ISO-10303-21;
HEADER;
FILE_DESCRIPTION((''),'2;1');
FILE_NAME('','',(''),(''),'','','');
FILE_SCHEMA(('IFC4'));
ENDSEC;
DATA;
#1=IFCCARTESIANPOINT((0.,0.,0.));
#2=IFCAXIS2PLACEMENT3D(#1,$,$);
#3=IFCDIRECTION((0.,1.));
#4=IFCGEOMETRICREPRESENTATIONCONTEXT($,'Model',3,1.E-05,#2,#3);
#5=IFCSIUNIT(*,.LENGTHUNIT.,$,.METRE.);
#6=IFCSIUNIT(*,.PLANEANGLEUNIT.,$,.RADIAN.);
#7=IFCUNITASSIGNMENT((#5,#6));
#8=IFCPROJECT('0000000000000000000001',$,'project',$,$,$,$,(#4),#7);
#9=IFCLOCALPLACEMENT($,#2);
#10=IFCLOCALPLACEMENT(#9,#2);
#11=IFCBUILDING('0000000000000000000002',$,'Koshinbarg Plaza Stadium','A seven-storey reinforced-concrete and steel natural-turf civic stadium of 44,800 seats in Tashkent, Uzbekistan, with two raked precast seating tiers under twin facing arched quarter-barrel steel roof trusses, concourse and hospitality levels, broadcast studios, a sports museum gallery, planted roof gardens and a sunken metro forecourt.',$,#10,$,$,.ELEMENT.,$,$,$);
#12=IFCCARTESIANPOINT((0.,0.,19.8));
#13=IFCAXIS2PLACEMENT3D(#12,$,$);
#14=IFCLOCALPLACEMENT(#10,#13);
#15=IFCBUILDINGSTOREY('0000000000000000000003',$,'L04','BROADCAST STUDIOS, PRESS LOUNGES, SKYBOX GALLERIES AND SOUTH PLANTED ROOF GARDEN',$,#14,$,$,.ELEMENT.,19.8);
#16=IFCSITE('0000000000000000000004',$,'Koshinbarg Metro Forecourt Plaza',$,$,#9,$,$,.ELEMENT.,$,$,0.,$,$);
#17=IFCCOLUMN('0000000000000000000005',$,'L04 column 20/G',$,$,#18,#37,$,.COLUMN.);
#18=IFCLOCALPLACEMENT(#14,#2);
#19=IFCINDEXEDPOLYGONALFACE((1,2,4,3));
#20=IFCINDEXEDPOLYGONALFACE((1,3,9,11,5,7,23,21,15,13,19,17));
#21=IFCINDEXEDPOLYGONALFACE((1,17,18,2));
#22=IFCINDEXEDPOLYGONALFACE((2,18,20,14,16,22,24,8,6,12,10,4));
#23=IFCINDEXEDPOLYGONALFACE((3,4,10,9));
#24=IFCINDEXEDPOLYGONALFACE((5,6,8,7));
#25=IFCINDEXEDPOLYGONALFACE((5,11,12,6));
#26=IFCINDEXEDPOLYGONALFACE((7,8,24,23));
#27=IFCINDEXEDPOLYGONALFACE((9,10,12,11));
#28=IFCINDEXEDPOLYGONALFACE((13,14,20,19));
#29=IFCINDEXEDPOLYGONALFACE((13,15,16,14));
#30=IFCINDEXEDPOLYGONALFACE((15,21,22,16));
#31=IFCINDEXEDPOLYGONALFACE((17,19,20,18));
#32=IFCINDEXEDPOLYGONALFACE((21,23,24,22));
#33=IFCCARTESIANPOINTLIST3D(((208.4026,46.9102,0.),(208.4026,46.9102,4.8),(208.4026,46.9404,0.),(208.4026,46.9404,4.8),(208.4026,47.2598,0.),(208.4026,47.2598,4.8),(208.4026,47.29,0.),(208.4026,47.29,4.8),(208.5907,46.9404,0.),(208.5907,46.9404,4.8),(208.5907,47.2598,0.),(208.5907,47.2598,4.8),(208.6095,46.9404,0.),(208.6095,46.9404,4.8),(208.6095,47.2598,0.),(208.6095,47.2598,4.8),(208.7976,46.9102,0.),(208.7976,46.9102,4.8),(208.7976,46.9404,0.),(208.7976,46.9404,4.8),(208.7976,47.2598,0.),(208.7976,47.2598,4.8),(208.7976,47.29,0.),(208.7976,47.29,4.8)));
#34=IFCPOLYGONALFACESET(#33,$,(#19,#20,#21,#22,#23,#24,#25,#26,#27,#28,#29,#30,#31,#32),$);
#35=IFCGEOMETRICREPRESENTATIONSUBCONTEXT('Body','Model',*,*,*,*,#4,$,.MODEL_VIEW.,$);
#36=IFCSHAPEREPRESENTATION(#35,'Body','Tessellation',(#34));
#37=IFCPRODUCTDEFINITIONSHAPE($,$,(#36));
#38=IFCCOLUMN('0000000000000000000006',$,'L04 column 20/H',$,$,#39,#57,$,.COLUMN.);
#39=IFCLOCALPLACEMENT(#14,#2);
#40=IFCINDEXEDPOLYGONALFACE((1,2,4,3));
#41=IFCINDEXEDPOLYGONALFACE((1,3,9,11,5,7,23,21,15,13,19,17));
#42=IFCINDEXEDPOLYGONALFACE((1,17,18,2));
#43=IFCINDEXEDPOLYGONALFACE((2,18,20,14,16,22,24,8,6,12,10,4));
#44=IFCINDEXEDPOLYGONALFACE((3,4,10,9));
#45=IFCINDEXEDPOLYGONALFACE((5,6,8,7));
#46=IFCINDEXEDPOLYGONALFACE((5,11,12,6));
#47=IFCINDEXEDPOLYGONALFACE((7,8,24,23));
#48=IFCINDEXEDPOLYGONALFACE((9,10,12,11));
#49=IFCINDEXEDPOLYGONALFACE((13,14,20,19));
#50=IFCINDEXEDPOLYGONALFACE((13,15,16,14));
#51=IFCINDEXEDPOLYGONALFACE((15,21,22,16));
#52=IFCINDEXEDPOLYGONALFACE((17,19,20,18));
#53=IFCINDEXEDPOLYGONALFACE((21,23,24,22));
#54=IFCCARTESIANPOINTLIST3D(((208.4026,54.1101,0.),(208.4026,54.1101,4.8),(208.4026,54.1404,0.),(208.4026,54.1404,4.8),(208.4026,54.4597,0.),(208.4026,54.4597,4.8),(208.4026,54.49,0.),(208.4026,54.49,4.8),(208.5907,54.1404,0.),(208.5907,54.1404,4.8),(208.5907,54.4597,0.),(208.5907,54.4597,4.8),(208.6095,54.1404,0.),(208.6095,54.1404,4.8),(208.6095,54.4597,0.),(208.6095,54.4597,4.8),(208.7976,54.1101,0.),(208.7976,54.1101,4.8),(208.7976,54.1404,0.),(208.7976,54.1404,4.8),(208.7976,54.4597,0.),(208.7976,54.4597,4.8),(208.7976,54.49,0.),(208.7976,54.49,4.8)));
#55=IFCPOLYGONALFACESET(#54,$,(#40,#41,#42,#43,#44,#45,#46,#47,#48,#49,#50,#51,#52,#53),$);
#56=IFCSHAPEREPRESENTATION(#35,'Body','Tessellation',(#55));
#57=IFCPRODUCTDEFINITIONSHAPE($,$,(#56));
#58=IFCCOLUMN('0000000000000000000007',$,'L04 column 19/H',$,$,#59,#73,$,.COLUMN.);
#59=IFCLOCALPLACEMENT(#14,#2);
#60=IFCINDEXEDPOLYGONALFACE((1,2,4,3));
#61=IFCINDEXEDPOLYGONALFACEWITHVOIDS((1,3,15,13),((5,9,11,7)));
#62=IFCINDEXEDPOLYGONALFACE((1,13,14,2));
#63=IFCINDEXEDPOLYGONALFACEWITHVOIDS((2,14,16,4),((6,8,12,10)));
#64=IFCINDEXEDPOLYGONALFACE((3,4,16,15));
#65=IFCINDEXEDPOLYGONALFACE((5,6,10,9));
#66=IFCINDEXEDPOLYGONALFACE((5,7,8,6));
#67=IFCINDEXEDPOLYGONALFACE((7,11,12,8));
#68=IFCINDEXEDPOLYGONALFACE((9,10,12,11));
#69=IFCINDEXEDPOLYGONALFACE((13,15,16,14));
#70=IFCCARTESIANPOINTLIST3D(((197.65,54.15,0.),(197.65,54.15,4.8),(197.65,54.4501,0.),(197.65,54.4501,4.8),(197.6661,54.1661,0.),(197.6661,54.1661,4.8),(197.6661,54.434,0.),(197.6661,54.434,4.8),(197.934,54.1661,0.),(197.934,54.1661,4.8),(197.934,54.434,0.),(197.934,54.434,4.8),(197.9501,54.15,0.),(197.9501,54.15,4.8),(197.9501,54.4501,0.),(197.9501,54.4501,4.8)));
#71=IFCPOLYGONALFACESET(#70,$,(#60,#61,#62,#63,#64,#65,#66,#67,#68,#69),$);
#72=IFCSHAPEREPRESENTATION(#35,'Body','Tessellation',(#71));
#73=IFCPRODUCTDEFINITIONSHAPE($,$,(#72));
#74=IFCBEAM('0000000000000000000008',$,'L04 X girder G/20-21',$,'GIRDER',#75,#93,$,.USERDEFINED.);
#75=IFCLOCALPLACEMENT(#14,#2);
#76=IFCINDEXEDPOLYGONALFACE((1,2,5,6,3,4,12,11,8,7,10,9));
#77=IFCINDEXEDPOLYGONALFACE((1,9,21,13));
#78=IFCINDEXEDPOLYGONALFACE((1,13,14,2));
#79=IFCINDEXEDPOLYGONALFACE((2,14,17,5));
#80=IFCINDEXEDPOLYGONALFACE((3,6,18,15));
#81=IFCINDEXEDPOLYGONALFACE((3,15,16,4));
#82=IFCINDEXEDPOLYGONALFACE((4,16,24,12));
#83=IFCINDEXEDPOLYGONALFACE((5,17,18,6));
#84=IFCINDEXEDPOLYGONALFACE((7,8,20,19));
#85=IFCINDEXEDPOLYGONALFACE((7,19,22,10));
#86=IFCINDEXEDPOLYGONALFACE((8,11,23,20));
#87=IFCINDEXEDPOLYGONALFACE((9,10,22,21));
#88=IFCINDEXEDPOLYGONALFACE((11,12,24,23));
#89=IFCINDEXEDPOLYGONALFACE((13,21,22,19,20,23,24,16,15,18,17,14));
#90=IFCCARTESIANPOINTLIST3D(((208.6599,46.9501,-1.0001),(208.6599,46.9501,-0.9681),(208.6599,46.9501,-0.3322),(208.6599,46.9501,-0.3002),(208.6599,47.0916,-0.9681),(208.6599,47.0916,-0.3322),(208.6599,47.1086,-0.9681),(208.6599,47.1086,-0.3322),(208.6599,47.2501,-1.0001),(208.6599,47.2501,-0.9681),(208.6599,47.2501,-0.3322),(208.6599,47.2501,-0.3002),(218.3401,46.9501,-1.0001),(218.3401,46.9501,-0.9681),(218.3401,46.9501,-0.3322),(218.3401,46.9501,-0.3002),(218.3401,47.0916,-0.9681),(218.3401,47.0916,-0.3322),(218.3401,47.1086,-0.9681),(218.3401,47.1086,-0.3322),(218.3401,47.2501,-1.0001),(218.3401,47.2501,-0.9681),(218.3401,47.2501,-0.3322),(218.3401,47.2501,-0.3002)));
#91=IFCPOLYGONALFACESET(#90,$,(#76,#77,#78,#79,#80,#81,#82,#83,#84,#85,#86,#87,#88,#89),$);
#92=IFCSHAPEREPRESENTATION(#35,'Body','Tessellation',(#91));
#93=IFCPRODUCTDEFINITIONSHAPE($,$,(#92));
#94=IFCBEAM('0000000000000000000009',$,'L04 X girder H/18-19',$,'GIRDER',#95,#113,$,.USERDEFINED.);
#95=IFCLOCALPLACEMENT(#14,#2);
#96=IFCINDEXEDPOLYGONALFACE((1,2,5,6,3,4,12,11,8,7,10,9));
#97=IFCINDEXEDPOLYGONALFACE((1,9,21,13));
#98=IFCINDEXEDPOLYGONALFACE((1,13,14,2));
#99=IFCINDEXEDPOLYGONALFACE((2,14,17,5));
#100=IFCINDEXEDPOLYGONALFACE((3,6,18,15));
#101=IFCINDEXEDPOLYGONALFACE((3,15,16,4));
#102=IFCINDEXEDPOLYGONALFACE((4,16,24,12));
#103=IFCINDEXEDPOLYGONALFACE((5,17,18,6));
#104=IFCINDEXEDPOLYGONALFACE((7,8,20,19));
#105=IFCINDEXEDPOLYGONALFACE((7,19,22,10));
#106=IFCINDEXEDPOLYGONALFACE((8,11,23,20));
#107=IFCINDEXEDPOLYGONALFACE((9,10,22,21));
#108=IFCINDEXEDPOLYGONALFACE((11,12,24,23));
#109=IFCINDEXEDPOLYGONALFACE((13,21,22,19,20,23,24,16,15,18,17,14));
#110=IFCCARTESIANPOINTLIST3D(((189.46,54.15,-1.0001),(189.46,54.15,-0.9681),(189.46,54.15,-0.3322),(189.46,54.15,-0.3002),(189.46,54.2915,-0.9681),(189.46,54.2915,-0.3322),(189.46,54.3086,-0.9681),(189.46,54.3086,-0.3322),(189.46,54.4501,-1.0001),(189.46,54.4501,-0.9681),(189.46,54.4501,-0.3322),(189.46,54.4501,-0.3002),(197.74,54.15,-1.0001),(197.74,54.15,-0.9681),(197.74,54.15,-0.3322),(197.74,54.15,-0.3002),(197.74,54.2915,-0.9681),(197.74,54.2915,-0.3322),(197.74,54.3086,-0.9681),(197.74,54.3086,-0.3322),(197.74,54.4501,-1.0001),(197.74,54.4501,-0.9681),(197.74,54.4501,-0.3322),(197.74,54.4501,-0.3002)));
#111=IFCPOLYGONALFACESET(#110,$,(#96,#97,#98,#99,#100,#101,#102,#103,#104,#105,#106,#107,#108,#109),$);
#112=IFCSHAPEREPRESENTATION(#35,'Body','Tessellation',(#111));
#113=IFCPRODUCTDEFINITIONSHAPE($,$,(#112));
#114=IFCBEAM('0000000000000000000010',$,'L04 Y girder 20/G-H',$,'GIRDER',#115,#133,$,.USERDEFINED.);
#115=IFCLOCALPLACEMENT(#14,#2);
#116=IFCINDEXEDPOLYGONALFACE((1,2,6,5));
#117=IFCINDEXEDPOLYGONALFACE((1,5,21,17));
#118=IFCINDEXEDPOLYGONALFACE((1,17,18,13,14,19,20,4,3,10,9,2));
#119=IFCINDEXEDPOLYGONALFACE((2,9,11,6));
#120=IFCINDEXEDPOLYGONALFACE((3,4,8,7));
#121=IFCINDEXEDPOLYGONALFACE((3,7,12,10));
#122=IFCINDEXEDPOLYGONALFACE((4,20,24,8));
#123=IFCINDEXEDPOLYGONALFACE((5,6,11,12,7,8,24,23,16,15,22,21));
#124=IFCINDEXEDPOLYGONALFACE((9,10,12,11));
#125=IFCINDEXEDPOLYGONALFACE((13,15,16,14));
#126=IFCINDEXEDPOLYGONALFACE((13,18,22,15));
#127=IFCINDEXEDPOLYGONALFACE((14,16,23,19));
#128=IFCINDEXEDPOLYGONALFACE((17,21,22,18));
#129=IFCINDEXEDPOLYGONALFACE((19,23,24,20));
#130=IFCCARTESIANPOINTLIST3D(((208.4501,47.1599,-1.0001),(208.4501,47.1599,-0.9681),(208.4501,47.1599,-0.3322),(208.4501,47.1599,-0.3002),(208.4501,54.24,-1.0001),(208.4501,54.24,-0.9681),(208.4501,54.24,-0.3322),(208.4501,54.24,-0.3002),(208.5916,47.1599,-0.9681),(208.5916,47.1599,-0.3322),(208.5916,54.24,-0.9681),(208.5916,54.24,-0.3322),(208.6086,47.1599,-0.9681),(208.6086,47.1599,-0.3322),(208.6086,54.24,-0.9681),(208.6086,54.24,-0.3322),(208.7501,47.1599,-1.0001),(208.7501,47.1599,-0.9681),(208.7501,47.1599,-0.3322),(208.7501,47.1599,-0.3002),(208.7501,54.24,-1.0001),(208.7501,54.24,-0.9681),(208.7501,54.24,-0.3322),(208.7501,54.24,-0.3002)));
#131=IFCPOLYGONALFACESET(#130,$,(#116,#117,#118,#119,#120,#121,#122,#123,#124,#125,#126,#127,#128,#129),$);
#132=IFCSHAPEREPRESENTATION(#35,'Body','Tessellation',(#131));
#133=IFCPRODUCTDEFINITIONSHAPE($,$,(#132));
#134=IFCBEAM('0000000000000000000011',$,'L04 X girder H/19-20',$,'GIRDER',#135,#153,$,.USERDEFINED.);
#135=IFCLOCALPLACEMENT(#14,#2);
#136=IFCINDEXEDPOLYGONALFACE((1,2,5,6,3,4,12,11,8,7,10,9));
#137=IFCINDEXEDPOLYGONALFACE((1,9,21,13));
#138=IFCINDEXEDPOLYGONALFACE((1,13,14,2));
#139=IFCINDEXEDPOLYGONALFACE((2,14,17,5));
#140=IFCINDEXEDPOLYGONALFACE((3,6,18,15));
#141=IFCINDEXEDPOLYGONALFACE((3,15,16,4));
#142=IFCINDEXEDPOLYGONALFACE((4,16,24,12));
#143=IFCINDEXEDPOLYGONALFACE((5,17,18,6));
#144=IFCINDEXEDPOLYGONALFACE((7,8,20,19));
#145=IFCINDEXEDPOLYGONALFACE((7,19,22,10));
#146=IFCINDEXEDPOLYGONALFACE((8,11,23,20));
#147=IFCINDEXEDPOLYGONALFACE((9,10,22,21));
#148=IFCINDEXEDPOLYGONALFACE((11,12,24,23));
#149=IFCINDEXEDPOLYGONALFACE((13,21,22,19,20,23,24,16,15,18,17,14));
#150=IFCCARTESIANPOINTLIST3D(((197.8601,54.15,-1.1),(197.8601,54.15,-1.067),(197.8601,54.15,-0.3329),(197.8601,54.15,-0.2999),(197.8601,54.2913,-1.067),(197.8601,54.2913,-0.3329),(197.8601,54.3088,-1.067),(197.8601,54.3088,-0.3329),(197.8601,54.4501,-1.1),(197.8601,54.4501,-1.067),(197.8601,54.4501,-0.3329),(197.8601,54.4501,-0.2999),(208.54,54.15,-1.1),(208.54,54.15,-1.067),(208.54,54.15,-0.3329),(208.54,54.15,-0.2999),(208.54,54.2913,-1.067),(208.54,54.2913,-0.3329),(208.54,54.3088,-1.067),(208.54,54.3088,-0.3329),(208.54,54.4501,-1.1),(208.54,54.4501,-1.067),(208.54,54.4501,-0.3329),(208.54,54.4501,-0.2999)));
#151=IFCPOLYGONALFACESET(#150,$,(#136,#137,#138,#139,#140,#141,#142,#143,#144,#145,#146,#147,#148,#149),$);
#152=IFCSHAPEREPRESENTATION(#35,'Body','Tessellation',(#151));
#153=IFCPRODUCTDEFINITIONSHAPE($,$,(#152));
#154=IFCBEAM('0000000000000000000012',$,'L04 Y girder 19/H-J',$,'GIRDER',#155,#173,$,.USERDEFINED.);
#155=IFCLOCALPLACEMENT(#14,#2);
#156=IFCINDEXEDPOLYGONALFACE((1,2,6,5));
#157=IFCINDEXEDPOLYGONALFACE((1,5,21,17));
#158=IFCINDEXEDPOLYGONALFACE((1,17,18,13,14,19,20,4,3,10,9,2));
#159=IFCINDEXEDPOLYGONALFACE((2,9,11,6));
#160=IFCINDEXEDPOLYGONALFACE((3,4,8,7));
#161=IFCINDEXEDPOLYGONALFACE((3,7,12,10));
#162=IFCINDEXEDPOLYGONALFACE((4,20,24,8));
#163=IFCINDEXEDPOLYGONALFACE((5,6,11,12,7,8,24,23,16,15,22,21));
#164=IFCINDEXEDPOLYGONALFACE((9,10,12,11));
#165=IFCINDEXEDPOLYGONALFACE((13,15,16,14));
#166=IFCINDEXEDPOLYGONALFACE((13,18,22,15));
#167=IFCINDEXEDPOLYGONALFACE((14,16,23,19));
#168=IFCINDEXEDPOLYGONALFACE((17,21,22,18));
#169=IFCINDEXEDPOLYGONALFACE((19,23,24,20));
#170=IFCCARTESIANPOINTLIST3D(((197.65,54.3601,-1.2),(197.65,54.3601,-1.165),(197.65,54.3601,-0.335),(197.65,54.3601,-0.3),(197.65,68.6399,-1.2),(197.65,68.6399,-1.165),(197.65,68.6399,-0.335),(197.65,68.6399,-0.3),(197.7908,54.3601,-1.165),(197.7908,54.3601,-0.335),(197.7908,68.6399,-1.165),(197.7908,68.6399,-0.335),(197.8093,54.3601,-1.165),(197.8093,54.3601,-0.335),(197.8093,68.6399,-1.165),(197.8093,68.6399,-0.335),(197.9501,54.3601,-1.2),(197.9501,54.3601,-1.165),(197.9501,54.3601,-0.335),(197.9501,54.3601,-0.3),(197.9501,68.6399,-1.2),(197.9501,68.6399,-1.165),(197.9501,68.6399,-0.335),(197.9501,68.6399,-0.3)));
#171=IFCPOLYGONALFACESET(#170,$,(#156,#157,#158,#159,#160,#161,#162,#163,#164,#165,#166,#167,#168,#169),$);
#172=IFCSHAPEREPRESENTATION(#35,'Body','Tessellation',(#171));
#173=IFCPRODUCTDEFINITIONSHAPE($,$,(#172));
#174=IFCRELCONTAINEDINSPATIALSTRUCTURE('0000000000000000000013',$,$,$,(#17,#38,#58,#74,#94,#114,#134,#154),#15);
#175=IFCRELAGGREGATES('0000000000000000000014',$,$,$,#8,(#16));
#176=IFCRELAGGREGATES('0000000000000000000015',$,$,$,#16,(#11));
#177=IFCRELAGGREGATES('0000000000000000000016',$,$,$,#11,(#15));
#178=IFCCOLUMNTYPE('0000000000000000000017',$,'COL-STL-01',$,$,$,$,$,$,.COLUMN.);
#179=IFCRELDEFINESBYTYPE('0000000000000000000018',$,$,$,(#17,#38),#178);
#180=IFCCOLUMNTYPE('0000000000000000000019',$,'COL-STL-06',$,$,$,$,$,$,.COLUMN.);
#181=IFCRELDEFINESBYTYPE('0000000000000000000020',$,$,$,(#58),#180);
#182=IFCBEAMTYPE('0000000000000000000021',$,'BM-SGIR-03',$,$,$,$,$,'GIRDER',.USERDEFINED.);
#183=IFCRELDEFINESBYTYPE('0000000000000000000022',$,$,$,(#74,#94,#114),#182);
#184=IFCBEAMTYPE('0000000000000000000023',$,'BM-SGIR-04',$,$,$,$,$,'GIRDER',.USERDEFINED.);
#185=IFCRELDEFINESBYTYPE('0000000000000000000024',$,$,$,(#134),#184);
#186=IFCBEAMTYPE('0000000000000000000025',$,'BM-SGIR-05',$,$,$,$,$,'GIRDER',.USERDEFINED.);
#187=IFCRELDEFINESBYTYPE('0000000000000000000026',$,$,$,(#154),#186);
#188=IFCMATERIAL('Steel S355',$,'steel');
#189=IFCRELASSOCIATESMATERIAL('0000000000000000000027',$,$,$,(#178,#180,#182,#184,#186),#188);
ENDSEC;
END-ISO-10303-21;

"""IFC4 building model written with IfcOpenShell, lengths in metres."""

from ifc_helpers import new_model, si_unit, direction, frame, origin, origin_2d, place, context, subcontext, project, spatial, hollow_rectangle, i_section, extrude, material, material_profile, profile_set, type_object, element, save


model = new_model("IFC4")

# Units and contexts
model_context = context("Model", 3, precision=1e-05, world=origin(), true_north=direction((0.0, 1.0)))
body_context = subcontext(model_context, "Body", "Model", "MODEL_VIEW")
ifc_project = project(units=[si_unit("LENGTHUNIT", "METRE"), si_unit("PLANEANGLEUNIT", "RADIAN")], contexts=[model_context])

# Site, building, storey
site_placement = place(None, origin())
site = spatial("IfcSite", under=ifc_project, at=site_placement, Name="Koshinbarg Metro Forecourt Plaza", CompositionType="ELEMENT", RefElevation=0.0)
building_placement = place(site_placement, origin())
building = spatial("IfcBuilding", under=site, at=building_placement, Name="Koshinbarg Plaza Stadium", Description="A seven-storey reinforced-concrete and steel natural-turf civic stadium of 44,800 seats in Tashkent, Uzbekistan, with two raked precast seating tiers under twin facing arched quarter-barrel steel roof trusses, concourse and hospitality levels, broadcast studios, a sports museum gallery, planted roof gardens and a sunken metro forecourt.", CompositionType="ELEMENT")
storey_placement = place(building_placement, frame((0.0, 0.0, 19.8)))
storey = spatial("IfcBuildingStorey", under=building, at=storey_placement, Name="L04", Description="BROADCAST STUDIOS, PRESS LOUNGES, SKYBOX GALLERIES AND SOUTH PLANTED ROOF GARDEN", CompositionType="ELEMENT", Elevation=19.8)

# Columns
ifc_material_1 = material(Name="Steel S355", Category="steel")
ifc_material_profile_1 = material_profile(ifc_material_1, i_section(OverallWidth=0.395, OverallDepth=0.3799, WebThickness=0.0188, FlangeThickness=0.0303, at=origin_2d()), Name="HD 400x237")
ifc_profile_set_1 = profile_set([ifc_material_profile_1], Name="Steel S355")
column_type_1 = type_object("IfcColumnType", Name="COL-STL-01", PredefinedType="COLUMN", material=ifc_profile_set_1)
for number, where, z_axis, x_axis, name in (
    (1, (208.6001, 47.1001, 0.0), (0.0, 0.0, 1.0), (1.0, 0.0, 0.0), "L04 column 20/G"),
    (2, (208.6001, 54.3, 0.0), (0.0, 0.0, 1.0), (1.0, 0.0, 0.0), "L04 column 20/H"),
):
    element("IfcColumn", number, at=place(storey_placement, frame(where, z_axis=z_axis, x_axis=x_axis)), inside=storey, type_object=column_type_1, Name=name, PredefinedType="COLUMN", context=body_context, shape_type="SweptSolid", body=[
        extrude(i_section(OverallWidth=0.395, OverallDepth=0.3799, WebThickness=0.0188, FlangeThickness=0.0303, at=origin_2d()), origin(), (0.0, 0.0, 1.0), 4.8),
    ])
ifc_material_profile_2 = material_profile(ifc_material_1, hollow_rectangle(XDim=0.3, YDim=0.3, WallThickness=0.0161, at=origin_2d()), Name="SHS 300x300x16")
ifc_profile_set_2 = profile_set([ifc_material_profile_2], Name="Steel S355")
column_type_2 = type_object("IfcColumnType", Name="COL-STL-06", PredefinedType="COLUMN", material=ifc_profile_set_2)
column_placement = place(storey_placement, frame((197.8, 54.3, 0.0), z_axis=(0.0, 0.0, 1.0), x_axis=(1.0, 0.0, 0.0)))
element("IfcColumn", 3, at=column_placement, inside=storey, type_object=column_type_2, Name="L04 column 19/H", PredefinedType="COLUMN", context=body_context, shape_type="SweptSolid", body=[
    extrude(hollow_rectangle(XDim=0.3, YDim=0.3, WallThickness=0.0161, at=origin_2d()), origin(), (0.0, 0.0, 1.0), 4.8),
])

# Beams
ifc_material_profile_3 = material_profile(ifc_material_1, i_section(OverallWidth=0.3, OverallDepth=0.7, WebThickness=0.0171, FlangeThickness=0.032, at=origin_2d()), Name="HEB 700")
ifc_profile_set_3 = profile_set([ifc_material_profile_3], Name="Steel S355")
beam_type_1 = type_object("IfcBeamType", Name="BM-SGIR-03", ElementType="GIRDER", PredefinedType="USERDEFINED", material=ifc_profile_set_3)
beam_1_placement = place(storey_placement, frame((208.6599, 47.1001, -0.6501), z_axis=(1.0, 0.0, 0.0), x_axis=(0.0, 1.0, 0.0)))
element("IfcBeam", 4, at=beam_1_placement, inside=storey, type_object=beam_type_1, Name="L04 X girder G/20-21", ObjectType="GIRDER", PredefinedType="USERDEFINED", context=body_context, shape_type="SweptSolid", body=[
    extrude(i_section(OverallWidth=0.3, OverallDepth=0.7, WebThickness=0.0171, FlangeThickness=0.032, at=origin_2d()), origin(), (0.0, 0.0, 1.0), 9.6802),
])
beam_2_placement = place(storey_placement, frame((189.46, 54.3, -0.6501), z_axis=(1.0, 0.0, 0.0), x_axis=(0.0, 1.0, 0.0)))
element("IfcBeam", 5, at=beam_2_placement, inside=storey, type_object=beam_type_1, Name="L04 X girder H/18-19", ObjectType="GIRDER", PredefinedType="USERDEFINED", context=body_context, shape_type="SweptSolid", body=[
    extrude(i_section(OverallWidth=0.3, OverallDepth=0.7, WebThickness=0.0171, FlangeThickness=0.032, at=origin_2d()), origin(), (0.0, 0.0, 1.0), 8.28),
])
beam_3_placement = place(storey_placement, frame((208.6001, 47.1599, -0.6501), z_axis=(0.0, 1.0, 0.0), x_axis=(-1.0, 0.0, 0.0)))
element("IfcBeam", 6, at=beam_3_placement, inside=storey, type_object=beam_type_1, Name="L04 Y girder 20/G-H", ObjectType="GIRDER", PredefinedType="USERDEFINED", context=body_context, shape_type="SweptSolid", body=[
    extrude(i_section(OverallWidth=0.3, OverallDepth=0.7, WebThickness=0.0171, FlangeThickness=0.032, at=origin_2d()), origin(), (0.0, 0.0, 1.0), 7.0801),
])
ifc_material_profile_4 = material_profile(ifc_material_1, i_section(OverallWidth=0.3, OverallDepth=0.8, WebThickness=0.0176, FlangeThickness=0.033, at=origin_2d()), Name="HEB 800")
ifc_profile_set_4 = profile_set([ifc_material_profile_4], Name="Steel S355")
beam_type_2 = type_object("IfcBeamType", Name="BM-SGIR-04", ElementType="GIRDER", PredefinedType="USERDEFINED", material=ifc_profile_set_4)
beam_4_placement = place(storey_placement, frame((197.8601, 54.3, -0.7), z_axis=(1.0, 0.0, 0.0), x_axis=(0.0, 1.0, 0.0)))
element("IfcBeam", 7, at=beam_4_placement, inside=storey, type_object=beam_type_2, Name="L04 X girder H/19-20", ObjectType="GIRDER", PredefinedType="USERDEFINED", context=body_context, shape_type="SweptSolid", body=[
    extrude(i_section(OverallWidth=0.3, OverallDepth=0.8, WebThickness=0.0176, FlangeThickness=0.033, at=origin_2d()), origin(), (0.0, 0.0, 1.0), 10.6799),
])
ifc_material_profile_5 = material_profile(ifc_material_1, i_section(OverallWidth=0.3, OverallDepth=0.8999, WebThickness=0.0186, FlangeThickness=0.0349, at=origin_2d()), Name="HEB 900")
ifc_profile_set_5 = profile_set([ifc_material_profile_5], Name="Steel S355")
beam_type_3 = type_object("IfcBeamType", Name="BM-SGIR-05", ElementType="GIRDER", PredefinedType="USERDEFINED", material=ifc_profile_set_5)
beam_5_placement = place(storey_placement, frame((197.8, 54.3601, -0.75), z_axis=(0.0, 1.0, 0.0), x_axis=(-1.0, 0.0, 0.0)))
element("IfcBeam", 8, at=beam_5_placement, inside=storey, type_object=beam_type_3, Name="L04 Y girder 19/H-J", ObjectType="GIRDER", PredefinedType="USERDEFINED", context=body_context, shape_type="SweptSolid", body=[
    extrude(i_section(OverallWidth=0.3, OverallDepth=0.8999, WebThickness=0.0186, FlangeThickness=0.0349, at=origin_2d()), origin(), (0.0, 0.0, 1.0), 14.2798),
])

save(model, "model.ifc")
